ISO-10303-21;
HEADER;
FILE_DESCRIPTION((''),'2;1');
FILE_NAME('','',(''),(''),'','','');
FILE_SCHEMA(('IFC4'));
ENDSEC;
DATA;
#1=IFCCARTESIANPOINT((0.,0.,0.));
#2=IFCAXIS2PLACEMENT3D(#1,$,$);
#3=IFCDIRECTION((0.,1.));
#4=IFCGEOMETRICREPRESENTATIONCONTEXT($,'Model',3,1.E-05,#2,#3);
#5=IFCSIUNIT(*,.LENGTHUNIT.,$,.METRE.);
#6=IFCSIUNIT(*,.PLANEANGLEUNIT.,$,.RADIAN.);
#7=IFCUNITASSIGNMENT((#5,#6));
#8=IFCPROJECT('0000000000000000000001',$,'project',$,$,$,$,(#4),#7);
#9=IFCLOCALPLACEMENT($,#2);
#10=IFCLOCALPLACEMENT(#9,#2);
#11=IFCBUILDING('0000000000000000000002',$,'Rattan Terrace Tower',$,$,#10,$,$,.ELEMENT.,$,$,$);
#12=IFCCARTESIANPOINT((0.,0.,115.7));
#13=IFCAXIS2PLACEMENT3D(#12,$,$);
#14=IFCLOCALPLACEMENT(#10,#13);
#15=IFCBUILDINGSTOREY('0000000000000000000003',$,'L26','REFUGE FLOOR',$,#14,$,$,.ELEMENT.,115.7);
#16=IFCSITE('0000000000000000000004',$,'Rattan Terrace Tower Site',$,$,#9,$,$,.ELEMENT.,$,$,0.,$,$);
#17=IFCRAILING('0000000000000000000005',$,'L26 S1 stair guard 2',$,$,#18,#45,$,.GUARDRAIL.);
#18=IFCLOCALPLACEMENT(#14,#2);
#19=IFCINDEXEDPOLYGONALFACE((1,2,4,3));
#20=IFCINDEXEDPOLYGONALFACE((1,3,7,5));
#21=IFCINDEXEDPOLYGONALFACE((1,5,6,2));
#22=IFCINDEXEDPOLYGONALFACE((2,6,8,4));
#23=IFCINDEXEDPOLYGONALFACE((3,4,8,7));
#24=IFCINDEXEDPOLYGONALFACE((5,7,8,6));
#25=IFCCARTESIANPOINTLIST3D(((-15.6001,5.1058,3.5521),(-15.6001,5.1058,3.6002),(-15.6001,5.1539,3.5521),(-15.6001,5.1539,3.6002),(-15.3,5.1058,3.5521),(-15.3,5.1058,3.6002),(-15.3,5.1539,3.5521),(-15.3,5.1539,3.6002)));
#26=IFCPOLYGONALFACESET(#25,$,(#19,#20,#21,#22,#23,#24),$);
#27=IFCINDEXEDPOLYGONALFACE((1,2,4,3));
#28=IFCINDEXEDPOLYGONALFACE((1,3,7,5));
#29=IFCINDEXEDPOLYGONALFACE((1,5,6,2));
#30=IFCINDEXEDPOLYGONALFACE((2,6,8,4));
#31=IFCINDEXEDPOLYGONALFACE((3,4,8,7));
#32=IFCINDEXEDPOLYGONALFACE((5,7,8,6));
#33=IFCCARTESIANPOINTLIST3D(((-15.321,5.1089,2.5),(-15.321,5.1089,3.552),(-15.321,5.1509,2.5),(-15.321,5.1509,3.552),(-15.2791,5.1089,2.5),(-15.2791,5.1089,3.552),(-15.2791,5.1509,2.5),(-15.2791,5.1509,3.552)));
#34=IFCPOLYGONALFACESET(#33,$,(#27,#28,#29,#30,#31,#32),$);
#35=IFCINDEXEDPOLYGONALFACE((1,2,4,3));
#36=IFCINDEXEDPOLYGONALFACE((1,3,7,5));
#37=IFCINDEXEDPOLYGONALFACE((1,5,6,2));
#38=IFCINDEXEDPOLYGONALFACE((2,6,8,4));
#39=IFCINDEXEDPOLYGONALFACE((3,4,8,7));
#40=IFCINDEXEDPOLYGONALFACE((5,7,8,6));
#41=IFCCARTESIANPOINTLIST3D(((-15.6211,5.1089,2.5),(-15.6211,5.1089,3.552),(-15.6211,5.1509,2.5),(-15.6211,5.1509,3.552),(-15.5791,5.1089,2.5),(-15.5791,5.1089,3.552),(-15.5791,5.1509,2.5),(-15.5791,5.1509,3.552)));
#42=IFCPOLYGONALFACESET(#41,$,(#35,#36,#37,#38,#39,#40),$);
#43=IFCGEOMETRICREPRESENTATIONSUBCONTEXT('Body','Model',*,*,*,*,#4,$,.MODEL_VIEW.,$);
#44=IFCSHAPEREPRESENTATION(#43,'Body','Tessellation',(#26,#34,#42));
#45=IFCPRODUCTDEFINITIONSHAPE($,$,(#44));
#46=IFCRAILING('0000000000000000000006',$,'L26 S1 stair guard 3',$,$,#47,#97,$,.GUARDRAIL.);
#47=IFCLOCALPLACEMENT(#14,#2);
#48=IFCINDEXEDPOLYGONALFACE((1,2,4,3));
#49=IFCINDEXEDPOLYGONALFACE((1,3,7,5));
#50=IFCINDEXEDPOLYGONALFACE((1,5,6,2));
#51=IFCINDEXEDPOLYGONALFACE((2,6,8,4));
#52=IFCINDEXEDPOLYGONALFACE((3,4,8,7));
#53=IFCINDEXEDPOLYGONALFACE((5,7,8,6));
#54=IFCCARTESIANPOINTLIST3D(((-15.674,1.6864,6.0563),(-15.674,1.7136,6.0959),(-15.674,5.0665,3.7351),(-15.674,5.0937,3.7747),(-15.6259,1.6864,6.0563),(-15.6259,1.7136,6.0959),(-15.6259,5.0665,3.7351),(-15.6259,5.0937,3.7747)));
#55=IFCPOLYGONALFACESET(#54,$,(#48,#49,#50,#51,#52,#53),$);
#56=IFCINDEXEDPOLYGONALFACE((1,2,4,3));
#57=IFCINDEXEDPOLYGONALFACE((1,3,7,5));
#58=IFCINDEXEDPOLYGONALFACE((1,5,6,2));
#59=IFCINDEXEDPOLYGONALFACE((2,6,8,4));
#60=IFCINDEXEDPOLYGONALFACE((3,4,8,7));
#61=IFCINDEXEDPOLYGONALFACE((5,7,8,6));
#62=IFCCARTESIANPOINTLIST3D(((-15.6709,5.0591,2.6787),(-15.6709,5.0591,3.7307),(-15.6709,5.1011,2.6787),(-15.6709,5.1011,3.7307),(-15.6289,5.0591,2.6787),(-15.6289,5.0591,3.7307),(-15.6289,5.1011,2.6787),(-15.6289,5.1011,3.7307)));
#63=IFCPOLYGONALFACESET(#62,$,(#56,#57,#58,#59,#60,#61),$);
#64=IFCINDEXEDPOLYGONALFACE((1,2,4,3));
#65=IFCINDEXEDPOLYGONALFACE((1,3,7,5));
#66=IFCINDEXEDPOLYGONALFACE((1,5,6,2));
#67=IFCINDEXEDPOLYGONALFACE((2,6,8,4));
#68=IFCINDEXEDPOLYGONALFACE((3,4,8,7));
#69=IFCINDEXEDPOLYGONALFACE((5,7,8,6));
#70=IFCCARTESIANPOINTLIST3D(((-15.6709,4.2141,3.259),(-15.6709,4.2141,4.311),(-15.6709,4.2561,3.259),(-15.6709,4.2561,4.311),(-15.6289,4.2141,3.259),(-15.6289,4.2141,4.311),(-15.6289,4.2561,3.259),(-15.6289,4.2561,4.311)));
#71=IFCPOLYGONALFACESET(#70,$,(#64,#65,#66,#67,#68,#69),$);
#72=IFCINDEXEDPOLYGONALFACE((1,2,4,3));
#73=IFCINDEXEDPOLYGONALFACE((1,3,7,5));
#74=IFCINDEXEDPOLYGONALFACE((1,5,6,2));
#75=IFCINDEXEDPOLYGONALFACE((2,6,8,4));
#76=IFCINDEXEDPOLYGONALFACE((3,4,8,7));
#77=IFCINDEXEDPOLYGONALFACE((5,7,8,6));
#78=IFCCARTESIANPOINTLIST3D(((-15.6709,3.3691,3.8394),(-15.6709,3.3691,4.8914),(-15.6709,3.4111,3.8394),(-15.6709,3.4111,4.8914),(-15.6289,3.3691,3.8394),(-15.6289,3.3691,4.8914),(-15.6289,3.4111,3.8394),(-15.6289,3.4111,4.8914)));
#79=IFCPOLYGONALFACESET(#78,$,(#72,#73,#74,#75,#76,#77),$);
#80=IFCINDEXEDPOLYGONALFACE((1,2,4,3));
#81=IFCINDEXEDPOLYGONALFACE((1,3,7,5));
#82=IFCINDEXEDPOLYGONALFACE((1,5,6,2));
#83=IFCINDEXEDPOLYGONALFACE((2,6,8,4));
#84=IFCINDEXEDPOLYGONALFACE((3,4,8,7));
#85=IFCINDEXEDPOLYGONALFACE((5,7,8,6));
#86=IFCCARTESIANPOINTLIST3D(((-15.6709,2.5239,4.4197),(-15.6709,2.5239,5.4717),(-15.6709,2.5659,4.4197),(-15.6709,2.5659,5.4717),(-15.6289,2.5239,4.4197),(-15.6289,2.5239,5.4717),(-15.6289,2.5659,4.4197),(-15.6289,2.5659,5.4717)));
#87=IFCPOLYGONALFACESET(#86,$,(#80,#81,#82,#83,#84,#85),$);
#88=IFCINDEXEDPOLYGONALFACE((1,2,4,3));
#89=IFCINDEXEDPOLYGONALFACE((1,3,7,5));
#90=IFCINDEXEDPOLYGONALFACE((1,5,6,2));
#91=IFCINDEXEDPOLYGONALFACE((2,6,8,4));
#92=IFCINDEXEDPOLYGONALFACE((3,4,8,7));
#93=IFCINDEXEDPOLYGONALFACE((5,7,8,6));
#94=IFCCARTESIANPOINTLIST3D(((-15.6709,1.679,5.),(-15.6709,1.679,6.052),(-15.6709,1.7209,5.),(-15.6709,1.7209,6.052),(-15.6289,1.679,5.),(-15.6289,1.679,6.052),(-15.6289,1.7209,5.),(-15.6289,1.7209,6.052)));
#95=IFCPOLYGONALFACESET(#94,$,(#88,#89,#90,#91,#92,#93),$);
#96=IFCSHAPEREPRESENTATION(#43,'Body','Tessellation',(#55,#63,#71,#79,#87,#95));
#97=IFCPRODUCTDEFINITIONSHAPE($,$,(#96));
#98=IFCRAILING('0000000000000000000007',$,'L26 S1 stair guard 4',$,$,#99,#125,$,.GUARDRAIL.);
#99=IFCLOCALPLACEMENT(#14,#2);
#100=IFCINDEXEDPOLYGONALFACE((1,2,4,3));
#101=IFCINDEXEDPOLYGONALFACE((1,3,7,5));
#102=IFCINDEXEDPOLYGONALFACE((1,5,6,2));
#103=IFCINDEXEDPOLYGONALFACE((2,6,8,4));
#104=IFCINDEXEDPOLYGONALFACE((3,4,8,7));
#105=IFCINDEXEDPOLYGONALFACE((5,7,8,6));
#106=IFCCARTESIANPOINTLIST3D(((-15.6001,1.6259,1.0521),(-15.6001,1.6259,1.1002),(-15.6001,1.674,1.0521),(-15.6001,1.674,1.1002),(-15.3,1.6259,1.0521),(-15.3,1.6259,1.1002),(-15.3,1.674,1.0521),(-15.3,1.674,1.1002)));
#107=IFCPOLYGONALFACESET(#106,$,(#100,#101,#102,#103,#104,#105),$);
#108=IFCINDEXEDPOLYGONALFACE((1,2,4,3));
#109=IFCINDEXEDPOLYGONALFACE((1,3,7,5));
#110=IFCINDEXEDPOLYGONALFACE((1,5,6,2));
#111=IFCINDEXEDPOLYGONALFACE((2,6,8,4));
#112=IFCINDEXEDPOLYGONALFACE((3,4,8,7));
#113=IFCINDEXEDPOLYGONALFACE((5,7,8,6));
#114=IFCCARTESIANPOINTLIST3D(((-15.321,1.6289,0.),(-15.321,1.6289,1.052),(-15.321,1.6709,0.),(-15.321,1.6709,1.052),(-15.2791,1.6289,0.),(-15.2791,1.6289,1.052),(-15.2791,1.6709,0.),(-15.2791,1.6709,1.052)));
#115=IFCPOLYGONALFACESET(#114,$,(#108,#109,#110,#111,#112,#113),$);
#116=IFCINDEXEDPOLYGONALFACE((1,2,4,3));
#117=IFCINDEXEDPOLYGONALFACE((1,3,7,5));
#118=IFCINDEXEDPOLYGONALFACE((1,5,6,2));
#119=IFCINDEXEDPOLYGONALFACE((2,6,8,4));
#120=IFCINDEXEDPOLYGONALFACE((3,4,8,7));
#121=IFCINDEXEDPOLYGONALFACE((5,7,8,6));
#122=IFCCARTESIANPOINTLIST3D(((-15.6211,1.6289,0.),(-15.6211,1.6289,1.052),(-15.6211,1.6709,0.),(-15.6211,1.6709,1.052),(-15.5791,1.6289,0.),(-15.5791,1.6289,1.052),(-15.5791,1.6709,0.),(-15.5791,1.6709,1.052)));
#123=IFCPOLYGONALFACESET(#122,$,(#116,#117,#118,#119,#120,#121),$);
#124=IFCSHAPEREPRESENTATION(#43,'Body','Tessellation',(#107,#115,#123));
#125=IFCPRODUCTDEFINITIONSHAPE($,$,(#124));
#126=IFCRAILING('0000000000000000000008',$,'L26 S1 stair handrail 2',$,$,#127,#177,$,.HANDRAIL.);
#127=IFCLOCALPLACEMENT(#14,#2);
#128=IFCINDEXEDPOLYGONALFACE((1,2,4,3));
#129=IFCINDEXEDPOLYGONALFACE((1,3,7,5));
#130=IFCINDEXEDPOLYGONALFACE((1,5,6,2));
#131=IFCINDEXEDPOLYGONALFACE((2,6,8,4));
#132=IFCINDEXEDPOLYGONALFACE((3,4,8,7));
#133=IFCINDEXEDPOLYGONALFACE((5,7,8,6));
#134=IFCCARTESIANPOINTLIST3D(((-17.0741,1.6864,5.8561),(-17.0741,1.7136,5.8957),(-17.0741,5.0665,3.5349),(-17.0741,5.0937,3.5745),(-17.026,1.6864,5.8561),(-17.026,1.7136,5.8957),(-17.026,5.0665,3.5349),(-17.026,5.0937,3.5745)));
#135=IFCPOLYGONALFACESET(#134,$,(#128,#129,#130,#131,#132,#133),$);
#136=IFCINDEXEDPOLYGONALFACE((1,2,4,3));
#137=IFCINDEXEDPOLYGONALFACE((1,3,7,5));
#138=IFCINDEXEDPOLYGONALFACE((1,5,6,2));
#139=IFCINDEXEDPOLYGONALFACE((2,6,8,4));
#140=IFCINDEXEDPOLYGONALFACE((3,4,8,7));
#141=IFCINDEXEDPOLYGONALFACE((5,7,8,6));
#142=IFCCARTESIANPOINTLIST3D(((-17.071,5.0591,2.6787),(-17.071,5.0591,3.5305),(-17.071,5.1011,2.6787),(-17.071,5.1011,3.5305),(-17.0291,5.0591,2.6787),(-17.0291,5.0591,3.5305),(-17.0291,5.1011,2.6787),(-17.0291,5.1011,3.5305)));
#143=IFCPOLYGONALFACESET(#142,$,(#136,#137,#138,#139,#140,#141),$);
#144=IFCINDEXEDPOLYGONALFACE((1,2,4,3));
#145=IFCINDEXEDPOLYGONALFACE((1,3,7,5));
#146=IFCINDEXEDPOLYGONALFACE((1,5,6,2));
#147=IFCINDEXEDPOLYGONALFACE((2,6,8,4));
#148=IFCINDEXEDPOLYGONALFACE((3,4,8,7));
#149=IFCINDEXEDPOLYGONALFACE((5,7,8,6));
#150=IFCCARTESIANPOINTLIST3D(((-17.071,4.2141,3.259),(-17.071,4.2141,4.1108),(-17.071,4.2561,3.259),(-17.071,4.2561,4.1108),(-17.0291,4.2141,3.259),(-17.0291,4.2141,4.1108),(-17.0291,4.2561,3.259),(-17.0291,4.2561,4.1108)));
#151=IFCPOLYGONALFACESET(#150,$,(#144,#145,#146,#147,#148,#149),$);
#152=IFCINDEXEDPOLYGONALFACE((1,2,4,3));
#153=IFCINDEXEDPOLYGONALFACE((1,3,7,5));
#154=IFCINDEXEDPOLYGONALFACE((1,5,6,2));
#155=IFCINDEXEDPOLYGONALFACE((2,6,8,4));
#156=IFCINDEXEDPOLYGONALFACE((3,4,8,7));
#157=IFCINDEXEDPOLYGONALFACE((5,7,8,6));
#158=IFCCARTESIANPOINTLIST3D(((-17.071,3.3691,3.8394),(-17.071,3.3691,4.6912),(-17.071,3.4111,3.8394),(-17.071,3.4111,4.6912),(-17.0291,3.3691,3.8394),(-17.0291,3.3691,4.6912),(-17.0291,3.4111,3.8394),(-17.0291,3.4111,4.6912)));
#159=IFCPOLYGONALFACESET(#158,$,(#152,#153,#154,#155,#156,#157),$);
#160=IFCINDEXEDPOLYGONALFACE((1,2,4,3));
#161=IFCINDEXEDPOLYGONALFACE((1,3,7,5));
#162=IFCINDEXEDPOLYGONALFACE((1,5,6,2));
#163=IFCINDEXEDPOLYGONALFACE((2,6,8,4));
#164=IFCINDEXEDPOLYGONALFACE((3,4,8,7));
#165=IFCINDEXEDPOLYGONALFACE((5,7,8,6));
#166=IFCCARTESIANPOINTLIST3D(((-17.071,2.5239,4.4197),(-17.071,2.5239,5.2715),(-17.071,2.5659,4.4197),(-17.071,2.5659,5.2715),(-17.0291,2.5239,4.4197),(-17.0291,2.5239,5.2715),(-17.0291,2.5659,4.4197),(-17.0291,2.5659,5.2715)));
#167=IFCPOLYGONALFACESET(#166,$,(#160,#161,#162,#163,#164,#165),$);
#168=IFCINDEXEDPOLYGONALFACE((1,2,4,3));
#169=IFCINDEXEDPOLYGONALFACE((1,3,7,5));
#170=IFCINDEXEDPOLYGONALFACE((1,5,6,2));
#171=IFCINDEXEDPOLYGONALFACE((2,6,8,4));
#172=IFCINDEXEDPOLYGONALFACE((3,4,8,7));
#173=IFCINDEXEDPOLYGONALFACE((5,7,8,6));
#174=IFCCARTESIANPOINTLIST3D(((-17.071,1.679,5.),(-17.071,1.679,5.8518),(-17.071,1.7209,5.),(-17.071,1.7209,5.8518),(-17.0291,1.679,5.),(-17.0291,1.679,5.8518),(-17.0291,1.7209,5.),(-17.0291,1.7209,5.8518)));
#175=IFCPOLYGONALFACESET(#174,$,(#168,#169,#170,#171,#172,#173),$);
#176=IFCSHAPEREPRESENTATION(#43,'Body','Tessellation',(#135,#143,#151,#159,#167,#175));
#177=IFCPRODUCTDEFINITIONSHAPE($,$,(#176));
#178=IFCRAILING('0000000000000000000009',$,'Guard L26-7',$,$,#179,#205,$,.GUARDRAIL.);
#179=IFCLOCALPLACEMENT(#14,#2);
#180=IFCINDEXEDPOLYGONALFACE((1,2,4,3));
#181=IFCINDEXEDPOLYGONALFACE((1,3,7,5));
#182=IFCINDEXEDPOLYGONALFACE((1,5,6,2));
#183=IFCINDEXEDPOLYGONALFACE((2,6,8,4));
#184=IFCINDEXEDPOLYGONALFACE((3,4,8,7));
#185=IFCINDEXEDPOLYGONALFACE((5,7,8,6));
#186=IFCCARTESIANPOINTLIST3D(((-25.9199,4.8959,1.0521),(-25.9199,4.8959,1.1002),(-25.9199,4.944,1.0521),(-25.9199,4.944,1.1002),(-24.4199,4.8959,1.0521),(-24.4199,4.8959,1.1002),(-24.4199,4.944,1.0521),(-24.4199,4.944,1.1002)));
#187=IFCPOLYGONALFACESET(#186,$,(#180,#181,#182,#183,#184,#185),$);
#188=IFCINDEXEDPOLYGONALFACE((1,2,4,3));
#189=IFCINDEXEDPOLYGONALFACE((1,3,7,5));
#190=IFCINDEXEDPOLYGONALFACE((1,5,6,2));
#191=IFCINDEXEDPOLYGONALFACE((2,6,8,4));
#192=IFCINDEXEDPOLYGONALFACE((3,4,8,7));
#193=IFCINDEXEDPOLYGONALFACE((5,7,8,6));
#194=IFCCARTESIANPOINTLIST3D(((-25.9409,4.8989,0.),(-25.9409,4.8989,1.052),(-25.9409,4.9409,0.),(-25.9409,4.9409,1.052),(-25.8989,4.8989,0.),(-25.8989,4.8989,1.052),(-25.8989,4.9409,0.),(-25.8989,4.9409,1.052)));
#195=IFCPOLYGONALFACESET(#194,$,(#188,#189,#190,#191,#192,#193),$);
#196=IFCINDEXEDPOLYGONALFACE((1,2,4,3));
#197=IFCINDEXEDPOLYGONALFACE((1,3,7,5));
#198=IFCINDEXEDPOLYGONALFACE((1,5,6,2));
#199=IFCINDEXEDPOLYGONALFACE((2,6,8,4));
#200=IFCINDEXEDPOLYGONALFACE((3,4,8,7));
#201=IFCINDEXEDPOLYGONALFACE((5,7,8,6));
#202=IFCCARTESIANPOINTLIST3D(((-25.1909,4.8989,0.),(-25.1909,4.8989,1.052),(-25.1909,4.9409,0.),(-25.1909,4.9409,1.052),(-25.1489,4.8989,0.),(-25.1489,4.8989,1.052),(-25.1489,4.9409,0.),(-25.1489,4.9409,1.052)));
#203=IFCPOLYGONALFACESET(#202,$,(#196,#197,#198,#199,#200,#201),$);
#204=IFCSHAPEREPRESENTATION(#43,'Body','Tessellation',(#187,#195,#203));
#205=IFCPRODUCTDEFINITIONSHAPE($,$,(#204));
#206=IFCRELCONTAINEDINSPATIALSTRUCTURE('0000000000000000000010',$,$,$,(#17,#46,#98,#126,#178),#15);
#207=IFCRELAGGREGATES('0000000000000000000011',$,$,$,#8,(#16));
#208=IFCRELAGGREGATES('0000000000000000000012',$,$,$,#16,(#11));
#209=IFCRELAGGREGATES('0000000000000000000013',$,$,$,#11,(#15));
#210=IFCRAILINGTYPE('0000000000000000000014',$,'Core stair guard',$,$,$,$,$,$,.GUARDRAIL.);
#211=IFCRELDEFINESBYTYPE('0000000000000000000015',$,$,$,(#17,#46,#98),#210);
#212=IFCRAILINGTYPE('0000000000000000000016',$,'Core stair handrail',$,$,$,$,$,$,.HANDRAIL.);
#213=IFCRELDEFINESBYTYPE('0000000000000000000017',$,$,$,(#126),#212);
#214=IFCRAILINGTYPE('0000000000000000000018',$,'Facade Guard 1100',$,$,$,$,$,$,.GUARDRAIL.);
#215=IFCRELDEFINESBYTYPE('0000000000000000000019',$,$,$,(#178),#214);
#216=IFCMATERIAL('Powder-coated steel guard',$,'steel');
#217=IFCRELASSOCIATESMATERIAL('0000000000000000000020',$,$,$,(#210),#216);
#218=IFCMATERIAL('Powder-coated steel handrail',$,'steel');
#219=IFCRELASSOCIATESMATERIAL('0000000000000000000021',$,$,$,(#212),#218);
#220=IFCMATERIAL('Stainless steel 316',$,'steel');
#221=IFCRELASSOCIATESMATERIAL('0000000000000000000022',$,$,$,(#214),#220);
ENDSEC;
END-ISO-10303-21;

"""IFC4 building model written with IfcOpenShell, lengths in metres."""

from ifc_helpers import new_model, si_unit, direction, frame, origin, origin_2d, place, context, subcontext, project, spatial, rectangle, extrude, material, type_object, element, save


model = new_model("IFC4")

# Units and contexts
model_context = context("Model", 3, precision=1e-05, world=origin(), true_north=direction((0.0, 1.0)))
body_context = subcontext(model_context, "Body", "Model", "MODEL_VIEW")
ifc_project = project(units=[si_unit("LENGTHUNIT", "METRE"), si_unit("PLANEANGLEUNIT", "RADIAN")], contexts=[model_context])

# Site, building, storey
site_placement = place(None, origin())
site = spatial("IfcSite", under=ifc_project, at=site_placement, Name="Rattan Terrace Tower Site", CompositionType="ELEMENT", RefElevation=0.0)
building_placement = place(site_placement, origin())
building = spatial("IfcBuilding", under=site, at=building_placement, Name="Rattan Terrace Tower", CompositionType="ELEMENT")
storey_placement = place(building_placement, frame((0.0, 0.0, 115.7)))
storey = spatial("IfcBuildingStorey", under=building, at=storey_placement, Name="L26", Description="REFUGE FLOOR", CompositionType="ELEMENT", Elevation=115.7)

# Railings
ifc_material_1 = material(Name="Powder-coated steel guard", Category="steel")
railing_type_1 = type_object("IfcRailingType", Name="Core stair guard", PredefinedType="GUARDRAIL", material=ifc_material_1)
railing_1_placement = place(storey_placement, frame((-15.3, 5.1299, 2.5)))
element("IfcRailing", 1, at=railing_1_placement, inside=storey, type_object=railing_type_1, Name="L26 S1 stair guard 2", PredefinedType="GUARDRAIL", context=body_context, shape_type="SweptSolid", body=[
    extrude(rectangle(XDim=0.0481, YDim=0.0481, at=origin_2d()), frame((0.0, 0.0, 1.0762), z_axis=(-1.0, 0.0, 0.0), x_axis=(0.0, -1.0, 0.0)), (0.0, 0.0, 1.0), 0.3),
    extrude(rectangle(XDim=0.042, YDim=0.042, at=origin_2d()), origin(), (0.0, 0.0, 1.0), 1.052),
    extrude(rectangle(XDim=0.042, YDim=0.042, at=origin_2d()), frame((-0.3, 0.0, 0.0)), (0.0, 0.0, 1.0), 1.052),
])
railing_2_placement = place(storey_placement, frame((-15.6499, 5.0801, 2.6787)))
element("IfcRailing", 2, at=railing_2_placement, inside=storey, type_object=railing_type_1, Name="L26 S1 stair guard 3", PredefinedType="GUARDRAIL", context=body_context, shape_type="SweptSolid", body=[
    extrude(rectangle(XDim=0.0481, YDim=0.0481, at=origin_2d()), frame((0.0, 0.0, 1.0762), z_axis=(0.0, -0.824332, 0.566107), x_axis=(1.0, 0.0, 0.0)), (0.0, 0.0, 1.0), 4.1003),
    extrude(rectangle(XDim=0.042, YDim=0.042, at=origin_2d()), origin(), (0.0, 0.0, 1.0), 1.052),
    extrude(rectangle(XDim=0.042, YDim=0.042, at=origin_2d()), frame((0.0, -0.845, 0.5803)), (0.0, 0.0, 1.0), 1.052),
    extrude(rectangle(XDim=0.042, YDim=0.042, at=origin_2d()), frame((0.0, -1.6899, 1.1606)), (0.0, 0.0, 1.0), 1.052),
    extrude(rectangle(XDim=0.042, YDim=0.042, at=origin_2d()), frame((0.0, -2.5352, 1.741)), (0.0, 0.0, 1.0), 1.052),
    extrude(rectangle(XDim=0.042, YDim=0.042, at=origin_2d()), frame((0.0, -3.3801, 2.3213)), (0.0, 0.0, 1.0), 1.052),
])
railing_3_placement = place(storey_placement, frame((-15.3, 1.6499, 0.0)))
element("IfcRailing", 3, at=railing_3_placement, inside=storey, type_object=railing_type_1, Name="L26 S1 stair guard 4", PredefinedType="GUARDRAIL", context=body_context, shape_type="SweptSolid", body=[
    extrude(rectangle(XDim=0.0481, YDim=0.0481, at=origin_2d()), frame((0.0, 0.0, 1.0762), z_axis=(-1.0, 0.0, 0.0), x_axis=(0.0, -1.0, 0.0)), (0.0, 0.0, 1.0), 0.3),
    extrude(rectangle(XDim=0.042, YDim=0.042, at=origin_2d()), origin(), (0.0, 0.0, 1.0), 1.052),
    extrude(rectangle(XDim=0.042, YDim=0.042, at=origin_2d()), frame((-0.3, 0.0, 0.0)), (0.0, 0.0, 1.0), 1.052),
])
ifc_material_2 = material(Name="Powder-coated steel handrail", Category="steel")
railing_type_2 = type_object("IfcRailingType", Name="Core stair handrail", PredefinedType="HANDRAIL", material=ifc_material_2)
railing_4_placement = place(storey_placement, frame((-17.05, 5.0801, 2.6787)))
element("IfcRailing", 4, at=railing_4_placement, inside=storey, type_object=railing_type_2, Name="L26 S1 stair handrail 2", PredefinedType="HANDRAIL", context=body_context, shape_type="SweptSolid", body=[
    extrude(rectangle(XDim=0.0481, YDim=0.0481, at=origin_2d()), frame((0.0, 0.0, 0.876), z_axis=(0.0, -0.824332, 0.566107), x_axis=(1.0, 0.0, 0.0)), (0.0, 0.0, 1.0), 4.1003),
    extrude(rectangle(XDim=0.042, YDim=0.042, at=origin_2d()), origin(), (0.0, 0.0, 1.0), 0.8518),
    extrude(rectangle(XDim=0.042, YDim=0.042, at=origin_2d()), frame((0.0, -0.845, 0.5803)), (0.0, 0.0, 1.0), 0.8518),
    extrude(rectangle(XDim=0.042, YDim=0.042, at=origin_2d()), frame((0.0, -1.6899, 1.1606)), (0.0, 0.0, 1.0), 0.8518),
    extrude(rectangle(XDim=0.042, YDim=0.042, at=origin_2d()), frame((0.0, -2.5352, 1.741)), (0.0, 0.0, 1.0), 0.8518),
    extrude(rectangle(XDim=0.042, YDim=0.042, at=origin_2d()), frame((0.0, -3.3801, 2.3213)), (0.0, 0.0, 1.0), 0.8518),
])
ifc_material_3 = material(Name="Stainless steel 316", Category="steel")
railing_type_3 = type_object("IfcRailingType", Name="Facade Guard 1100", PredefinedType="GUARDRAIL", material=ifc_material_3)
railing_5_placement = place(storey_placement, frame((-25.9199, 4.9199, 0.0)))
element("IfcRailing", 5, at=railing_5_placement, inside=storey, type_object=railing_type_3, Name="Guard L26-7", PredefinedType="GUARDRAIL", context=body_context, shape_type="SweptSolid", body=[
    extrude(rectangle(XDim=0.0481, YDim=0.0481, at=origin_2d()), frame((0.0, 0.0, 1.0762), z_axis=(1.0, 0.0, 0.0), x_axis=(0.0, 1.0, 0.0)), (0.0, 0.0, 1.0), 1.5),
    extrude(rectangle(XDim=0.042, YDim=0.042, at=origin_2d()), origin(), (0.0, 0.0, 1.0), 1.052),
    extrude(rectangle(XDim=0.042, YDim=0.042, at=origin_2d()), frame((0.75, 0.0, 0.0)), (0.0, 0.0, 1.0), 1.052),
])

save(model, "model.ifc")
